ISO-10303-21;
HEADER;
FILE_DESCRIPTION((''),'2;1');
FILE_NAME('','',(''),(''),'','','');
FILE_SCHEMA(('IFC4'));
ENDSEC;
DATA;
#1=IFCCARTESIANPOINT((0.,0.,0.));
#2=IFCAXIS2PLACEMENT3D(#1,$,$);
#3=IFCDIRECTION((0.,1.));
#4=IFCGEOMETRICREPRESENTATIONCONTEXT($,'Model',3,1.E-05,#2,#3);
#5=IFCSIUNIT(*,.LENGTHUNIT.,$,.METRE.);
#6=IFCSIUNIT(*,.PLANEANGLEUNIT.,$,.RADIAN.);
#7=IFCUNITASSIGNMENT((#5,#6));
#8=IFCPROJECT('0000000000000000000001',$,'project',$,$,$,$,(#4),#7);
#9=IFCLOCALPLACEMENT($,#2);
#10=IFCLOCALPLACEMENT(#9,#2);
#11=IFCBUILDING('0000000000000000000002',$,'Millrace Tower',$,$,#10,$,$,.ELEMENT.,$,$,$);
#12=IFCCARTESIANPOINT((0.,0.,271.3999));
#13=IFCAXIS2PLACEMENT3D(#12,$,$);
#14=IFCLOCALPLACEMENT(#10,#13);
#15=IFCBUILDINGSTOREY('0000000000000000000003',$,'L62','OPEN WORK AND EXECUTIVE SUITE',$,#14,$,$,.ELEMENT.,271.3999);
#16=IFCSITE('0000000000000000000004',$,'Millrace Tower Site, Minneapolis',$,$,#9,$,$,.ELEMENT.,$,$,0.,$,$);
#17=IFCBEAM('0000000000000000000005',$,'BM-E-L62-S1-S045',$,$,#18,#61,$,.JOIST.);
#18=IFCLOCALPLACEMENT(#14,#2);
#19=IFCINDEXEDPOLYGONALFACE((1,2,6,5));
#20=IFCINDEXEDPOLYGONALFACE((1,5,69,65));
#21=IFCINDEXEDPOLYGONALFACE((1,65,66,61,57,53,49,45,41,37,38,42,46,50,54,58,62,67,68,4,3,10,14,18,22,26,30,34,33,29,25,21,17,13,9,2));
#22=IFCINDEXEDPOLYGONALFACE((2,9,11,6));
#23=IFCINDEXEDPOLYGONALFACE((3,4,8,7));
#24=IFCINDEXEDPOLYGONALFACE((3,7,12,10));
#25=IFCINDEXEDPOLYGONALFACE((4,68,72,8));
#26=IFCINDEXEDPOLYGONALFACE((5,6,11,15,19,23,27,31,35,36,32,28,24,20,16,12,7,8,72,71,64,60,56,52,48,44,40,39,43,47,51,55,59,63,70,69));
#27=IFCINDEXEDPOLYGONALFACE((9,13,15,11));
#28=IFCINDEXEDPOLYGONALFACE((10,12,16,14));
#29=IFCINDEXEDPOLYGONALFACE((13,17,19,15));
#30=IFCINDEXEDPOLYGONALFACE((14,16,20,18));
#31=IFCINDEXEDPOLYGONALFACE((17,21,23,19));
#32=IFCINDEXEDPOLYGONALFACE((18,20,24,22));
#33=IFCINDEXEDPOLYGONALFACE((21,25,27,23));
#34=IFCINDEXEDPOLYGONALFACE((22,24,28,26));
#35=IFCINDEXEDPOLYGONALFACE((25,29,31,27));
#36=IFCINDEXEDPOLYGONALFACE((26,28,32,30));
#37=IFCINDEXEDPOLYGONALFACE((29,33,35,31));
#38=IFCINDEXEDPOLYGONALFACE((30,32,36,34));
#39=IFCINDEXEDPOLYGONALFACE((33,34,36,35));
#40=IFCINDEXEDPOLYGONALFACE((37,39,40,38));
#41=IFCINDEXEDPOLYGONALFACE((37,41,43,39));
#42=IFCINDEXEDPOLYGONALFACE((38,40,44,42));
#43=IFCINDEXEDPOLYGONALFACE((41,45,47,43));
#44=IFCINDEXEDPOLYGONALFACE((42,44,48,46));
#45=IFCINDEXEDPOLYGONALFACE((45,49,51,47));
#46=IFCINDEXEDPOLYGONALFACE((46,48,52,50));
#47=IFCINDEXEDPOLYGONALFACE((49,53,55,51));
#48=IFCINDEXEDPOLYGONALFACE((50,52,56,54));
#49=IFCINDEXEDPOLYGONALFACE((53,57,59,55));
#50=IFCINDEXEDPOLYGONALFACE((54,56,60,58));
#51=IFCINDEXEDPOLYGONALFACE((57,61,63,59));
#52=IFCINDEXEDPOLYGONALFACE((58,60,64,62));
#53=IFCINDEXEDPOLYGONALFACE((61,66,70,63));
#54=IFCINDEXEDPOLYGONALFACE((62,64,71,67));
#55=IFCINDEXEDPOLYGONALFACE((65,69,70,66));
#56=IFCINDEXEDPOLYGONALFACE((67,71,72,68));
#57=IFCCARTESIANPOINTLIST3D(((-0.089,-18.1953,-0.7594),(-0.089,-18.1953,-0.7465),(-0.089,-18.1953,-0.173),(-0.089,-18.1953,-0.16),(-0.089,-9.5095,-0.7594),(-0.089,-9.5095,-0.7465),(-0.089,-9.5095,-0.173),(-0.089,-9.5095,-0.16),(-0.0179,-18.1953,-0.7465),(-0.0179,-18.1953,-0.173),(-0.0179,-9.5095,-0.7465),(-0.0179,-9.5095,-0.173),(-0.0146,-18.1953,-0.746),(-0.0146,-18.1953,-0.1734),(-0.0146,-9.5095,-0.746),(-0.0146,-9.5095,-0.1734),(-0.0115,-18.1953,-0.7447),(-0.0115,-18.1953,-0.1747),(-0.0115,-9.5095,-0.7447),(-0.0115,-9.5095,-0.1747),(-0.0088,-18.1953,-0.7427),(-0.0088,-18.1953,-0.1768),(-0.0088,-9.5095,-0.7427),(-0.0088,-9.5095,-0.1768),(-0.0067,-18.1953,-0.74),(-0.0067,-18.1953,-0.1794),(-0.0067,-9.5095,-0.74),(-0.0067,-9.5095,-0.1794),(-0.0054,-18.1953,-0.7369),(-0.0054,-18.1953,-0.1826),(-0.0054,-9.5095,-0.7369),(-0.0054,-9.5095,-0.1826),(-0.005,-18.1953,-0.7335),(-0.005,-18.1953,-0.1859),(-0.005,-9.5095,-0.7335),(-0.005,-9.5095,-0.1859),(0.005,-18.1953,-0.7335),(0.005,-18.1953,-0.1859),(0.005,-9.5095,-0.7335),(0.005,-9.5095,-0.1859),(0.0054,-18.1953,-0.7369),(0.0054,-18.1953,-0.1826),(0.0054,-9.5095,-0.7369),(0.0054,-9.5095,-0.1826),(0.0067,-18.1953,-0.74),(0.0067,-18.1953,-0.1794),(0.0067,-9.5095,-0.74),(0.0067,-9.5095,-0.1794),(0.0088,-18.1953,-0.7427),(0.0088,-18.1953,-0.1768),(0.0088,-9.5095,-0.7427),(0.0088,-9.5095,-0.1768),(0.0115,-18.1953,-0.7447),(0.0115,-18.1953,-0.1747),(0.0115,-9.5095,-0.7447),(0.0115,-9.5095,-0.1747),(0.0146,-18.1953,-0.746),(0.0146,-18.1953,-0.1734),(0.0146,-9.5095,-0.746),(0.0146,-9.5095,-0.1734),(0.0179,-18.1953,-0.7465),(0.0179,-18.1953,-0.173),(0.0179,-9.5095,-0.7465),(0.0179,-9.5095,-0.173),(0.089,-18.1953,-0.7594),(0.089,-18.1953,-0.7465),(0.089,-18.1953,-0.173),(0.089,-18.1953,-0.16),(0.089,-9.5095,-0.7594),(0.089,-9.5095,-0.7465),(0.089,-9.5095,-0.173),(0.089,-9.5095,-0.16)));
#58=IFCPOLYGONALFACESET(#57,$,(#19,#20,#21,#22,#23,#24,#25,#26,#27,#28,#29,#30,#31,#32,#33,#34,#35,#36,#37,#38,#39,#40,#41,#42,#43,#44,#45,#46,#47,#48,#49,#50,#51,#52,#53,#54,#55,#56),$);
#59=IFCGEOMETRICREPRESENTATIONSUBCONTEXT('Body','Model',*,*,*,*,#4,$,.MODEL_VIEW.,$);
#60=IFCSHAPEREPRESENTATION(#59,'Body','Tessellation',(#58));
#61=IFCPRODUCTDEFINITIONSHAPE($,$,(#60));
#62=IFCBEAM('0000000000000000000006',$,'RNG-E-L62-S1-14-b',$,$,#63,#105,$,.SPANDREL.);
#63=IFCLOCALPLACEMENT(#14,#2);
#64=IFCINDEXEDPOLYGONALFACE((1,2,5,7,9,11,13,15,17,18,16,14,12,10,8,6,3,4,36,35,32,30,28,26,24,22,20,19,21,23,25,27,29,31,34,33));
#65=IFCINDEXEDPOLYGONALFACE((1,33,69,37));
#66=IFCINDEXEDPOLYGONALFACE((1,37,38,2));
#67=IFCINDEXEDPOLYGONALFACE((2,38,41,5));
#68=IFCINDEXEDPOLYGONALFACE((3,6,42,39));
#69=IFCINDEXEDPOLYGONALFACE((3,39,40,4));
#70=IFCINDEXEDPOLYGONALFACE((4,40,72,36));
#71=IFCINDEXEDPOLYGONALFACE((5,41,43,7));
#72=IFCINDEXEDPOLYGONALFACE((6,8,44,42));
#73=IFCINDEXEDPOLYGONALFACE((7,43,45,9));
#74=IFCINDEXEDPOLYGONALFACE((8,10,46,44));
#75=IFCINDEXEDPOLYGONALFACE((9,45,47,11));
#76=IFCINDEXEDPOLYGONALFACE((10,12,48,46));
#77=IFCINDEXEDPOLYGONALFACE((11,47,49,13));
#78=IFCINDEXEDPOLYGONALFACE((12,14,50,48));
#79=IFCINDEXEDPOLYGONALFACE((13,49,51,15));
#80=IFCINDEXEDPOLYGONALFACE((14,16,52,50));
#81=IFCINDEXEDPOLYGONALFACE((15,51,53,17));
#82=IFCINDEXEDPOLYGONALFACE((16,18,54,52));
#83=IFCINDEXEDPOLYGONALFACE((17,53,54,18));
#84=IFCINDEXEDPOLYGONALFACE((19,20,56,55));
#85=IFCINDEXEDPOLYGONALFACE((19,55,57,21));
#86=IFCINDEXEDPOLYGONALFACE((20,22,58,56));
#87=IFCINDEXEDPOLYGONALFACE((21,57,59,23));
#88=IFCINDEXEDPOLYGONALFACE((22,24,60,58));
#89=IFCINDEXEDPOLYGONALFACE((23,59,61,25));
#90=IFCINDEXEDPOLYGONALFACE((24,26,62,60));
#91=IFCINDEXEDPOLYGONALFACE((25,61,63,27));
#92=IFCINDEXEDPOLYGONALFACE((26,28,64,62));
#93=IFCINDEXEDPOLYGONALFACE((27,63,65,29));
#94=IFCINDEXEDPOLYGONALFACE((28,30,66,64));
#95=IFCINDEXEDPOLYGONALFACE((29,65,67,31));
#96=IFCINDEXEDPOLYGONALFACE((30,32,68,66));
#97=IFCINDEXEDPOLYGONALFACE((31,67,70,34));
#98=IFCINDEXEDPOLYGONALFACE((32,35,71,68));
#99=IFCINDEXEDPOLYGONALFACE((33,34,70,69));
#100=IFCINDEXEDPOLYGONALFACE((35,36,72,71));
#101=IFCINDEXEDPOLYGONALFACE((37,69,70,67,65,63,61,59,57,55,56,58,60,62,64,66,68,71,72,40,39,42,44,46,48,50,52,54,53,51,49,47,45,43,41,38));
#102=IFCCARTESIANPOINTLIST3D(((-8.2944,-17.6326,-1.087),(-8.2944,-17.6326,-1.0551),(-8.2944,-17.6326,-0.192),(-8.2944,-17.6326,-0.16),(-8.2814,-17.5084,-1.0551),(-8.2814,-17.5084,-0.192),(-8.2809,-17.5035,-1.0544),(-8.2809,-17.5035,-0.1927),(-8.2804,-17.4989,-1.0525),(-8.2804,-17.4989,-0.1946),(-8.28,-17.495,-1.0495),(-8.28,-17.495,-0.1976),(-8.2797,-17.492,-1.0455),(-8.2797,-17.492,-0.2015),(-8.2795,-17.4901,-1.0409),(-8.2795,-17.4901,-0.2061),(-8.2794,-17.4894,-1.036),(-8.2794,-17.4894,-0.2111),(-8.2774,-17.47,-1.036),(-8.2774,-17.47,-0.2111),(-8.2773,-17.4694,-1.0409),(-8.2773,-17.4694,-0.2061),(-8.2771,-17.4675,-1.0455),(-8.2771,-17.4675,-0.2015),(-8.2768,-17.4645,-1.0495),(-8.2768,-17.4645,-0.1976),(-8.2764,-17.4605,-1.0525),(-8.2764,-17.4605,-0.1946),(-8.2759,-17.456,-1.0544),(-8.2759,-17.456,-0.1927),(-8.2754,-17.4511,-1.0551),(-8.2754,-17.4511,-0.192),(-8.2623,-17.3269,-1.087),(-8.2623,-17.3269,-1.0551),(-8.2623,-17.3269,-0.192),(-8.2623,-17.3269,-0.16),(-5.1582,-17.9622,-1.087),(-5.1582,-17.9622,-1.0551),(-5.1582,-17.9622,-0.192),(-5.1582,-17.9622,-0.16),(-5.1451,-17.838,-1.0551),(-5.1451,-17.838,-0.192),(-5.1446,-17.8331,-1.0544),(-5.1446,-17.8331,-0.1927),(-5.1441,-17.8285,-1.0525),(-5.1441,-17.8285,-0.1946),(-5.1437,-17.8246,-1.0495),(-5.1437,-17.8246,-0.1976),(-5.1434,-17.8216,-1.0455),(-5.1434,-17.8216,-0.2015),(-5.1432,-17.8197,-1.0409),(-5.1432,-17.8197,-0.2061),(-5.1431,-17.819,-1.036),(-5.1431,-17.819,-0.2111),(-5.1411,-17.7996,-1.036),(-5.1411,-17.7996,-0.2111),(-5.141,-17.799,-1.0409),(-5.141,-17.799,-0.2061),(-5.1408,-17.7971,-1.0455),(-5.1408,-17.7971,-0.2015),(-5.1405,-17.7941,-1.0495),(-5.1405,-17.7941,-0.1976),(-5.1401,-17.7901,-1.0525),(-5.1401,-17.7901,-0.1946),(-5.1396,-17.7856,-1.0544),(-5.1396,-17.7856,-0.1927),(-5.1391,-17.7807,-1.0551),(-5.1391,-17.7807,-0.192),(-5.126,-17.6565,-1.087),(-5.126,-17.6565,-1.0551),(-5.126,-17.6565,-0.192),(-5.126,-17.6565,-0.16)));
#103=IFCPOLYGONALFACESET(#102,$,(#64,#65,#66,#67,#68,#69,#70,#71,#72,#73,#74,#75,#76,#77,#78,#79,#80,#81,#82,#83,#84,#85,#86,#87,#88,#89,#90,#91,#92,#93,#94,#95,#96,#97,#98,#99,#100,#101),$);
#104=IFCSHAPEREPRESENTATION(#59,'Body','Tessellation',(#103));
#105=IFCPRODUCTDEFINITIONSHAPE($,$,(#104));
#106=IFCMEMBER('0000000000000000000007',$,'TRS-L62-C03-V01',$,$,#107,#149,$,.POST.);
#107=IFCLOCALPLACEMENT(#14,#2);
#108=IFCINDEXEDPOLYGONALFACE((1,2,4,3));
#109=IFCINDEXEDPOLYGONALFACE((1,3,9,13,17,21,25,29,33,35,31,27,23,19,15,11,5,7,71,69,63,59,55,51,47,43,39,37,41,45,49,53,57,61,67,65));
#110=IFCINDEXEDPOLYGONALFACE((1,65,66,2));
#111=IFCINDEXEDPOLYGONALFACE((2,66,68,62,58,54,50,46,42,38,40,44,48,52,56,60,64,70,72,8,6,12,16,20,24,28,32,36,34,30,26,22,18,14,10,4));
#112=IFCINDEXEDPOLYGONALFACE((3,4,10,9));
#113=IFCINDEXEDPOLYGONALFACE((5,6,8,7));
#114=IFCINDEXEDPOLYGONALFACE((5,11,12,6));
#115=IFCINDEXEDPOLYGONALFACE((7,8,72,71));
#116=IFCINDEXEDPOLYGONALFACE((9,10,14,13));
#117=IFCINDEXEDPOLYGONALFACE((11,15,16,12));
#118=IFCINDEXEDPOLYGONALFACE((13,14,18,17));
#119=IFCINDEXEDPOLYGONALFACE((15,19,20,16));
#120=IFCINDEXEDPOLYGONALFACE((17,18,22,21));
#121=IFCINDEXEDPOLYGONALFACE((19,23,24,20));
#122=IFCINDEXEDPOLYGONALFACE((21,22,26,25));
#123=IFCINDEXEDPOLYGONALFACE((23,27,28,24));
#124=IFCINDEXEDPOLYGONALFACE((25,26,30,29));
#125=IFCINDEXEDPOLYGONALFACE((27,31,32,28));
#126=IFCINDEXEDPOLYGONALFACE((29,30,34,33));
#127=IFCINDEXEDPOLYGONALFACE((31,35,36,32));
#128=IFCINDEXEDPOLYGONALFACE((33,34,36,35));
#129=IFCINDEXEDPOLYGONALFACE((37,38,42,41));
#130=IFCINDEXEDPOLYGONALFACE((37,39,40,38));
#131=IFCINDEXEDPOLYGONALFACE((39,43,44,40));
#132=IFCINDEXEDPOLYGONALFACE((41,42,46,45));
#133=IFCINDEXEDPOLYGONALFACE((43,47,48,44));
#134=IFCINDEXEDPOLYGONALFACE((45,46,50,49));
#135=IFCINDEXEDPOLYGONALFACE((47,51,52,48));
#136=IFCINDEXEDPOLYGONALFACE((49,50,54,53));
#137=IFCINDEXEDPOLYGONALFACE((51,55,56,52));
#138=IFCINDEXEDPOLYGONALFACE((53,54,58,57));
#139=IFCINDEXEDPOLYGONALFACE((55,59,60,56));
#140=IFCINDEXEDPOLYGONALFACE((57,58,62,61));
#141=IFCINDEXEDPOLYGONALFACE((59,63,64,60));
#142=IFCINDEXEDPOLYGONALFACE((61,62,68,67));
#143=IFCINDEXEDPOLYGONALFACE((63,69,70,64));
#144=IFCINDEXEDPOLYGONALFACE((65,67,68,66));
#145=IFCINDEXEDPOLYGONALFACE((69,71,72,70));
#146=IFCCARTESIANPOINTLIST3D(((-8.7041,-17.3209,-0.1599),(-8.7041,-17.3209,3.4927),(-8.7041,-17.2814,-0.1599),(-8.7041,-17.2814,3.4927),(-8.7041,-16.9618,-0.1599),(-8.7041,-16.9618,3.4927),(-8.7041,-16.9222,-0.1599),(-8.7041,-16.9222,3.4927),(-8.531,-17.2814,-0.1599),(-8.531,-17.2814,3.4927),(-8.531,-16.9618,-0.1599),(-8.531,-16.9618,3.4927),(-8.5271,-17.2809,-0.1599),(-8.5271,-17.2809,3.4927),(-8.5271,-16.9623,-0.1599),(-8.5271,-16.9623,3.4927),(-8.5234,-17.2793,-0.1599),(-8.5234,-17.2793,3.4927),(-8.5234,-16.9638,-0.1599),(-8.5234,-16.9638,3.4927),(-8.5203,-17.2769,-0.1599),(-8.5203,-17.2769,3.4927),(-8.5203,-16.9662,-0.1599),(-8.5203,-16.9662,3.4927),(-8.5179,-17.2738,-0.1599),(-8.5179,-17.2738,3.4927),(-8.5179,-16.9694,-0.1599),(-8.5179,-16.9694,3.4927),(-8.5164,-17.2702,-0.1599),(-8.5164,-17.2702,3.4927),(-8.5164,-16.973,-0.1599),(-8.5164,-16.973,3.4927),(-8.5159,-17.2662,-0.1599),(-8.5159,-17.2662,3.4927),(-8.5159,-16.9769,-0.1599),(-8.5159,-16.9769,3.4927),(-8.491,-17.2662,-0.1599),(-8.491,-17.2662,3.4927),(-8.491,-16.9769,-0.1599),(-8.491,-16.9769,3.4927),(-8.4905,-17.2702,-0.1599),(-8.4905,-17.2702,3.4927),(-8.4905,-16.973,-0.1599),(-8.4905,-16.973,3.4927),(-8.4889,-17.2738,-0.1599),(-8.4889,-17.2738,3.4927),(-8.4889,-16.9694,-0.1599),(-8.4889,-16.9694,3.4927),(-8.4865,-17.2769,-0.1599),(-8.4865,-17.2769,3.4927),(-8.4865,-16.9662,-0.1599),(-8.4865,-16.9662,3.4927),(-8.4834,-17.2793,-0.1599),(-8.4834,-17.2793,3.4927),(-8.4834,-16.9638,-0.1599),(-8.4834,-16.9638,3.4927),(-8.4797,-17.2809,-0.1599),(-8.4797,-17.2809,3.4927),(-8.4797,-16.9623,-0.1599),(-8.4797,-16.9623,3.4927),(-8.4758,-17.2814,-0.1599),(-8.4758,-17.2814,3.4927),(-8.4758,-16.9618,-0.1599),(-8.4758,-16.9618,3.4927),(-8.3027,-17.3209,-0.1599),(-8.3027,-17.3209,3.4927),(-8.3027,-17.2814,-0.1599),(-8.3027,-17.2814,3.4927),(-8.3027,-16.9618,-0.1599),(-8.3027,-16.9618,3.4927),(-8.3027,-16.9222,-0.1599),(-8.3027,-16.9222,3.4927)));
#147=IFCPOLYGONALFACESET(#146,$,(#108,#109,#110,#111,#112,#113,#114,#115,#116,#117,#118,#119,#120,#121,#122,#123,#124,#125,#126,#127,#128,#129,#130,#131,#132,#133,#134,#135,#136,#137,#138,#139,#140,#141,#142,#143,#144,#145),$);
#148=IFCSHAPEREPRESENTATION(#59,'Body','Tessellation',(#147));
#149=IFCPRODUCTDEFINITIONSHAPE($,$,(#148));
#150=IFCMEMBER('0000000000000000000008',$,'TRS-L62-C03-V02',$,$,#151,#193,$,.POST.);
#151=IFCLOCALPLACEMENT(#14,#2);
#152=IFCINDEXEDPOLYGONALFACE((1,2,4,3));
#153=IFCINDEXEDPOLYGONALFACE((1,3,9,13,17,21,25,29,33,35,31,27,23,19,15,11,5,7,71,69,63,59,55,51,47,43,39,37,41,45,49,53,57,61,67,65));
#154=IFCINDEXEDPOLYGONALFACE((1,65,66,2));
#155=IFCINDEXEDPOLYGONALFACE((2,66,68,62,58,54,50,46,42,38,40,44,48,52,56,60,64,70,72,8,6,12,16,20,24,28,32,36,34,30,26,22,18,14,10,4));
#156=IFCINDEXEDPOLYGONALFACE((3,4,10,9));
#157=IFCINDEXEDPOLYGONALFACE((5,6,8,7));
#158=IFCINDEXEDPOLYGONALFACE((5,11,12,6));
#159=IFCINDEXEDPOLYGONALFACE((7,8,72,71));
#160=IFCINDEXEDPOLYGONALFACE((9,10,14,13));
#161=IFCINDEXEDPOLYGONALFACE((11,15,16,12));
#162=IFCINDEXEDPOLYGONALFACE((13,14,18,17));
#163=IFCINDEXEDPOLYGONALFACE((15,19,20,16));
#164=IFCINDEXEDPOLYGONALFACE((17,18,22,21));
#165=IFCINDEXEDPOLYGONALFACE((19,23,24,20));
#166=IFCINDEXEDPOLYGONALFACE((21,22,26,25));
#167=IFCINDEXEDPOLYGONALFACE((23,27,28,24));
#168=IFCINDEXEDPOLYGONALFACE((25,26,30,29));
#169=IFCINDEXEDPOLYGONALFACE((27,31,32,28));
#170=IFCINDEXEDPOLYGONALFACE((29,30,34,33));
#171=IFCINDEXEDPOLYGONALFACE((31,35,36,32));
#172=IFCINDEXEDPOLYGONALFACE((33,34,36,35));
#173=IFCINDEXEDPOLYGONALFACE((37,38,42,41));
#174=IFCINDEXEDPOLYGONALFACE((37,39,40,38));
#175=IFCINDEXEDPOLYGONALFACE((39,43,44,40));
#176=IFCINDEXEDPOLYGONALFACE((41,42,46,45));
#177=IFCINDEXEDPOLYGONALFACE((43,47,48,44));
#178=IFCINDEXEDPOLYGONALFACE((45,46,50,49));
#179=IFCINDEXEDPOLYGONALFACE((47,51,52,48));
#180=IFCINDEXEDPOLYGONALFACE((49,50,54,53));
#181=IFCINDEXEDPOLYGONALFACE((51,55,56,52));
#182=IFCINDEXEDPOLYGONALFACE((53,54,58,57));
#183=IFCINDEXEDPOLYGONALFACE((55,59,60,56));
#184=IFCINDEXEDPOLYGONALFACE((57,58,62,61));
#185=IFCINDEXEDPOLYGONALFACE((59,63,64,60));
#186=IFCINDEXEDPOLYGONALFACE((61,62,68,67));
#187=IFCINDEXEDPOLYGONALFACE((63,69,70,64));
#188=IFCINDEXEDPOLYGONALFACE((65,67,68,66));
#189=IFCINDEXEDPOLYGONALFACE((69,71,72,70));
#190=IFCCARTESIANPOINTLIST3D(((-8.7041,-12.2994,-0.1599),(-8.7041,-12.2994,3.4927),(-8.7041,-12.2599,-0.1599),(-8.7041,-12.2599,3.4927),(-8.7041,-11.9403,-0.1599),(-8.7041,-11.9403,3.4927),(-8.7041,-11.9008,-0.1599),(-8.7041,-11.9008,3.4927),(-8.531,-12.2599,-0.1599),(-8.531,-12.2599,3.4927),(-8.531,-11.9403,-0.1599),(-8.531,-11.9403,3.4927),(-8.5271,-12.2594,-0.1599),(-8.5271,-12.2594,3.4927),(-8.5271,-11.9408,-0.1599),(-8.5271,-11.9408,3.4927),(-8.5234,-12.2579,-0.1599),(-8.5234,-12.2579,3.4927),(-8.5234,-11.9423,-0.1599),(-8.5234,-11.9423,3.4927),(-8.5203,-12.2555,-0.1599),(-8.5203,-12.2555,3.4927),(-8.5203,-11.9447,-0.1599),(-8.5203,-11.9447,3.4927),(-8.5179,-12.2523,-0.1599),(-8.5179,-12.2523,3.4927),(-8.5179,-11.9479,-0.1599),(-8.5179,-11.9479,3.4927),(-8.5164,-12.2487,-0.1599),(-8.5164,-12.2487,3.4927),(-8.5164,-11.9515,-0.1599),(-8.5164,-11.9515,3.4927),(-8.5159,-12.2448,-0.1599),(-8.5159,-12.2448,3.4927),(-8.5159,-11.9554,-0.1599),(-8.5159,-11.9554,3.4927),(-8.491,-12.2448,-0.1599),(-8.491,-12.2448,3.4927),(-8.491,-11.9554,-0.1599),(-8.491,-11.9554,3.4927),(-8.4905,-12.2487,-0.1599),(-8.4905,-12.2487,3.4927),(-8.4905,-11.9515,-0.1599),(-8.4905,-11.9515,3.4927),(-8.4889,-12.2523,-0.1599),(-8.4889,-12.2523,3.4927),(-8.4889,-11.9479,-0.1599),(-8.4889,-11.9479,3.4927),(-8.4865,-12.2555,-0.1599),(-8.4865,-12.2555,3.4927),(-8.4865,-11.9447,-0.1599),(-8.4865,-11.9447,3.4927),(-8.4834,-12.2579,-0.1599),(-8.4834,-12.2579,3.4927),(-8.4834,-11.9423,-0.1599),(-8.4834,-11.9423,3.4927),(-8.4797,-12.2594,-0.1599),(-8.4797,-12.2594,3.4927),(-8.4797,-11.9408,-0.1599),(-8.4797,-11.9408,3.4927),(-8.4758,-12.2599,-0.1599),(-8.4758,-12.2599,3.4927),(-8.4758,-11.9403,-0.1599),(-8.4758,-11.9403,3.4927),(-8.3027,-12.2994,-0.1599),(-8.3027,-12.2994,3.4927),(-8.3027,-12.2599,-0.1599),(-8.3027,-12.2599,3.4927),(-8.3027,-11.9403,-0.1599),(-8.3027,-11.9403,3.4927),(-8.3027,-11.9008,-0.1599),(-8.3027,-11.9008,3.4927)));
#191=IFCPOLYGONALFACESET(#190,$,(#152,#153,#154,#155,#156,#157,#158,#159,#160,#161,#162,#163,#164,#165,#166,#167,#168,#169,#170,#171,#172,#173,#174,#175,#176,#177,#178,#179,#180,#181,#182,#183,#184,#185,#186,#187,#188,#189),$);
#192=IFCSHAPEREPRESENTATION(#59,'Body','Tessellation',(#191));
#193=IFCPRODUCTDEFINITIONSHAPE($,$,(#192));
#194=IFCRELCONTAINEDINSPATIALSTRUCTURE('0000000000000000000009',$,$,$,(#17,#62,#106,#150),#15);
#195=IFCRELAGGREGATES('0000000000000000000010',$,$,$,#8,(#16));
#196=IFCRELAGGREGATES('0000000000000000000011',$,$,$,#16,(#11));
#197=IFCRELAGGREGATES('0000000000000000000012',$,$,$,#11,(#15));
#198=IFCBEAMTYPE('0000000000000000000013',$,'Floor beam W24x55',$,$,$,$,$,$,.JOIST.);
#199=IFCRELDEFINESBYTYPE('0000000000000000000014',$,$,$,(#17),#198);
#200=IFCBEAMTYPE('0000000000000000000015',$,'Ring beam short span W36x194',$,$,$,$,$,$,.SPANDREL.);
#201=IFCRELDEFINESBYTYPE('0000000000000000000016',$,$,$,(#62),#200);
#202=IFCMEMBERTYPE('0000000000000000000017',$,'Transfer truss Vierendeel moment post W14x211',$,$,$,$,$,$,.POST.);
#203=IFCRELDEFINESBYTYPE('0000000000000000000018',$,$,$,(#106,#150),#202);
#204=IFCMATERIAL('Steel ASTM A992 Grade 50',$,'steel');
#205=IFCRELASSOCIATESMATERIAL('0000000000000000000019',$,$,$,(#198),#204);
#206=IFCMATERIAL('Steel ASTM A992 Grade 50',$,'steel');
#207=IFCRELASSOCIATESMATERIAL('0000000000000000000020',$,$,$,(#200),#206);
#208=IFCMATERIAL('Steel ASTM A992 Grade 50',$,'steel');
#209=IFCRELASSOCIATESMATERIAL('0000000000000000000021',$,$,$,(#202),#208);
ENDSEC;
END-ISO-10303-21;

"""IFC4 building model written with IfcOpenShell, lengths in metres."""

from ifc_helpers import new_model, si_unit, direction, frame, origin, origin_2d, place, context, subcontext, project, spatial, i_section, extrude, material, material_profile, profile_set, type_object, element, save


model = new_model("IFC4")

# Units and contexts
model_context = context("Model", 3, precision=1e-05, world=origin(), true_north=direction((0.0, 1.0)))
body_context = subcontext(model_context, "Body", "Model", "MODEL_VIEW")
ifc_project = project(units=[si_unit("LENGTHUNIT", "METRE"), si_unit("PLANEANGLEUNIT", "RADIAN")], contexts=[model_context])

# Site, building, storey
site_placement = place(None, origin())
site = spatial("IfcSite", under=ifc_project, at=site_placement, Name="Millrace Tower Site, Minneapolis", CompositionType="ELEMENT", RefElevation=0.0)
building_placement = place(site_placement, origin())
building = spatial("IfcBuilding", under=site, at=building_placement, Name="Millrace Tower", CompositionType="ELEMENT")
storey_placement = place(building_placement, frame((0.0, 0.0, 271.3999)))
storey = spatial("IfcBuildingStorey", under=building, at=storey_placement, Name="L62", Description="OPEN WORK AND EXECUTIVE SUITE", CompositionType="ELEMENT", Elevation=271.3999)

# Beams
ifc_material_1 = material(Name="Steel ASTM A992 Grade 50", Category="steel")
ifc_material_profile_1 = material_profile(ifc_material_1, i_section(OverallWidth=0.178, OverallDepth=0.5994, WebThickness=0.01, FlangeThickness=0.0129, FilletRadius=0.0129, at=origin_2d()))
ifc_profile_set_1 = profile_set([ifc_material_profile_1], Name="Steel ASTM A992 Grade 50")
beam_type_1 = type_object("IfcBeamType", Name="Floor beam W24x55", PredefinedType="JOIST", material=ifc_profile_set_1)
beam_1_placement = place(storey_placement, frame((0.0, -18.1953, -0.4597), z_axis=(0.0, 1.0, 0.0), x_axis=(-1.0, 0.0, 0.0)))
element("IfcBeam", 1, at=beam_1_placement, inside=storey, type_object=beam_type_1, Name="BM-E-L62-S1-S045", PredefinedType="JOIST", context=body_context, shape_type="SweptSolid", body=[
    extrude(i_section(OverallWidth=0.178, OverallDepth=0.5994, WebThickness=0.01, FlangeThickness=0.0129, FilletRadius=0.0129, at=origin_2d()), origin(), (0.0, 0.0, 1.0), 8.6858),
])
ifc_material_2 = material(Name="Steel ASTM A992 Grade 50", Category="steel")
ifc_material_profile_2 = material_profile(ifc_material_2, i_section(OverallWidth=0.3074, OverallDepth=0.927, WebThickness=0.0195, FlangeThickness=0.032, FilletRadius=0.019, at=origin_2d()))
ifc_profile_set_2 = profile_set([ifc_material_profile_2], Name="Steel ASTM A992 Grade 50")
beam_type_2 = type_object("IfcBeamType", Name="Ring beam short span W36x194", PredefinedType="SPANDREL", material=ifc_profile_set_2)
beam_2_placement = place(storey_placement, frame((-5.1421, -17.8093, -0.6235), z_axis=(-0.994523, 0.104516, 0.0), x_axis=(-0.104516, -0.994523, 0.0)))
element("IfcBeam", 2, at=beam_2_placement, inside=storey, type_object=beam_type_2, Name="RNG-E-L62-S1-14-b", PredefinedType="SPANDREL", context=body_context, shape_type="SweptSolid", body=[
    extrude(i_section(OverallWidth=0.3074, OverallDepth=0.927, WebThickness=0.0195, FlangeThickness=0.032, FilletRadius=0.019, at=origin_2d()), origin(), (0.0, 0.0, 1.0), 3.1536),
])

# Members
ifc_material_3 = material(Name="Steel ASTM A992 Grade 50", Category="steel")
ifc_material_profile_3 = material_profile(ifc_material_3, i_section(OverallWidth=0.4014, OverallDepth=0.3987, WebThickness=0.0249, FlangeThickness=0.0396, FilletRadius=0.0151, at=origin_2d()))
ifc_profile_set_3 = profile_set([ifc_material_profile_3], Name="Steel ASTM A992 Grade 50")
member_type_1 = type_object("IfcMemberType", Name="Transfer truss Vierendeel moment post W14x211", PredefinedType="POST", material=ifc_profile_set_3)
for number, where, z_axis, x_axis, name in (
    (3, (-8.5034, -17.1216, -0.1599), (0.0, 0.0, 1.0), (1.0, 0.0, 0.0), "TRS-L62-C03-V01"),
    (4, (-8.5034, -12.1001, -0.1599), (0.0, 0.0, 1.0), (1.0, 0.0, 0.0), "TRS-L62-C03-V02"),
):
    element("IfcMember", number, at=place(storey_placement, frame(where, z_axis=z_axis, x_axis=x_axis)), inside=storey, type_object=member_type_1, Name=name, PredefinedType="POST", context=body_context, shape_type="SweptSolid", body=[
        extrude(i_section(OverallWidth=0.4014, OverallDepth=0.3987, WebThickness=0.0249, FlangeThickness=0.0396, FilletRadius=0.0151, at=origin_2d()), origin(), (0.0, 0.0, 1.0), 3.6526),
    ])

save(model, "model.ifc")
